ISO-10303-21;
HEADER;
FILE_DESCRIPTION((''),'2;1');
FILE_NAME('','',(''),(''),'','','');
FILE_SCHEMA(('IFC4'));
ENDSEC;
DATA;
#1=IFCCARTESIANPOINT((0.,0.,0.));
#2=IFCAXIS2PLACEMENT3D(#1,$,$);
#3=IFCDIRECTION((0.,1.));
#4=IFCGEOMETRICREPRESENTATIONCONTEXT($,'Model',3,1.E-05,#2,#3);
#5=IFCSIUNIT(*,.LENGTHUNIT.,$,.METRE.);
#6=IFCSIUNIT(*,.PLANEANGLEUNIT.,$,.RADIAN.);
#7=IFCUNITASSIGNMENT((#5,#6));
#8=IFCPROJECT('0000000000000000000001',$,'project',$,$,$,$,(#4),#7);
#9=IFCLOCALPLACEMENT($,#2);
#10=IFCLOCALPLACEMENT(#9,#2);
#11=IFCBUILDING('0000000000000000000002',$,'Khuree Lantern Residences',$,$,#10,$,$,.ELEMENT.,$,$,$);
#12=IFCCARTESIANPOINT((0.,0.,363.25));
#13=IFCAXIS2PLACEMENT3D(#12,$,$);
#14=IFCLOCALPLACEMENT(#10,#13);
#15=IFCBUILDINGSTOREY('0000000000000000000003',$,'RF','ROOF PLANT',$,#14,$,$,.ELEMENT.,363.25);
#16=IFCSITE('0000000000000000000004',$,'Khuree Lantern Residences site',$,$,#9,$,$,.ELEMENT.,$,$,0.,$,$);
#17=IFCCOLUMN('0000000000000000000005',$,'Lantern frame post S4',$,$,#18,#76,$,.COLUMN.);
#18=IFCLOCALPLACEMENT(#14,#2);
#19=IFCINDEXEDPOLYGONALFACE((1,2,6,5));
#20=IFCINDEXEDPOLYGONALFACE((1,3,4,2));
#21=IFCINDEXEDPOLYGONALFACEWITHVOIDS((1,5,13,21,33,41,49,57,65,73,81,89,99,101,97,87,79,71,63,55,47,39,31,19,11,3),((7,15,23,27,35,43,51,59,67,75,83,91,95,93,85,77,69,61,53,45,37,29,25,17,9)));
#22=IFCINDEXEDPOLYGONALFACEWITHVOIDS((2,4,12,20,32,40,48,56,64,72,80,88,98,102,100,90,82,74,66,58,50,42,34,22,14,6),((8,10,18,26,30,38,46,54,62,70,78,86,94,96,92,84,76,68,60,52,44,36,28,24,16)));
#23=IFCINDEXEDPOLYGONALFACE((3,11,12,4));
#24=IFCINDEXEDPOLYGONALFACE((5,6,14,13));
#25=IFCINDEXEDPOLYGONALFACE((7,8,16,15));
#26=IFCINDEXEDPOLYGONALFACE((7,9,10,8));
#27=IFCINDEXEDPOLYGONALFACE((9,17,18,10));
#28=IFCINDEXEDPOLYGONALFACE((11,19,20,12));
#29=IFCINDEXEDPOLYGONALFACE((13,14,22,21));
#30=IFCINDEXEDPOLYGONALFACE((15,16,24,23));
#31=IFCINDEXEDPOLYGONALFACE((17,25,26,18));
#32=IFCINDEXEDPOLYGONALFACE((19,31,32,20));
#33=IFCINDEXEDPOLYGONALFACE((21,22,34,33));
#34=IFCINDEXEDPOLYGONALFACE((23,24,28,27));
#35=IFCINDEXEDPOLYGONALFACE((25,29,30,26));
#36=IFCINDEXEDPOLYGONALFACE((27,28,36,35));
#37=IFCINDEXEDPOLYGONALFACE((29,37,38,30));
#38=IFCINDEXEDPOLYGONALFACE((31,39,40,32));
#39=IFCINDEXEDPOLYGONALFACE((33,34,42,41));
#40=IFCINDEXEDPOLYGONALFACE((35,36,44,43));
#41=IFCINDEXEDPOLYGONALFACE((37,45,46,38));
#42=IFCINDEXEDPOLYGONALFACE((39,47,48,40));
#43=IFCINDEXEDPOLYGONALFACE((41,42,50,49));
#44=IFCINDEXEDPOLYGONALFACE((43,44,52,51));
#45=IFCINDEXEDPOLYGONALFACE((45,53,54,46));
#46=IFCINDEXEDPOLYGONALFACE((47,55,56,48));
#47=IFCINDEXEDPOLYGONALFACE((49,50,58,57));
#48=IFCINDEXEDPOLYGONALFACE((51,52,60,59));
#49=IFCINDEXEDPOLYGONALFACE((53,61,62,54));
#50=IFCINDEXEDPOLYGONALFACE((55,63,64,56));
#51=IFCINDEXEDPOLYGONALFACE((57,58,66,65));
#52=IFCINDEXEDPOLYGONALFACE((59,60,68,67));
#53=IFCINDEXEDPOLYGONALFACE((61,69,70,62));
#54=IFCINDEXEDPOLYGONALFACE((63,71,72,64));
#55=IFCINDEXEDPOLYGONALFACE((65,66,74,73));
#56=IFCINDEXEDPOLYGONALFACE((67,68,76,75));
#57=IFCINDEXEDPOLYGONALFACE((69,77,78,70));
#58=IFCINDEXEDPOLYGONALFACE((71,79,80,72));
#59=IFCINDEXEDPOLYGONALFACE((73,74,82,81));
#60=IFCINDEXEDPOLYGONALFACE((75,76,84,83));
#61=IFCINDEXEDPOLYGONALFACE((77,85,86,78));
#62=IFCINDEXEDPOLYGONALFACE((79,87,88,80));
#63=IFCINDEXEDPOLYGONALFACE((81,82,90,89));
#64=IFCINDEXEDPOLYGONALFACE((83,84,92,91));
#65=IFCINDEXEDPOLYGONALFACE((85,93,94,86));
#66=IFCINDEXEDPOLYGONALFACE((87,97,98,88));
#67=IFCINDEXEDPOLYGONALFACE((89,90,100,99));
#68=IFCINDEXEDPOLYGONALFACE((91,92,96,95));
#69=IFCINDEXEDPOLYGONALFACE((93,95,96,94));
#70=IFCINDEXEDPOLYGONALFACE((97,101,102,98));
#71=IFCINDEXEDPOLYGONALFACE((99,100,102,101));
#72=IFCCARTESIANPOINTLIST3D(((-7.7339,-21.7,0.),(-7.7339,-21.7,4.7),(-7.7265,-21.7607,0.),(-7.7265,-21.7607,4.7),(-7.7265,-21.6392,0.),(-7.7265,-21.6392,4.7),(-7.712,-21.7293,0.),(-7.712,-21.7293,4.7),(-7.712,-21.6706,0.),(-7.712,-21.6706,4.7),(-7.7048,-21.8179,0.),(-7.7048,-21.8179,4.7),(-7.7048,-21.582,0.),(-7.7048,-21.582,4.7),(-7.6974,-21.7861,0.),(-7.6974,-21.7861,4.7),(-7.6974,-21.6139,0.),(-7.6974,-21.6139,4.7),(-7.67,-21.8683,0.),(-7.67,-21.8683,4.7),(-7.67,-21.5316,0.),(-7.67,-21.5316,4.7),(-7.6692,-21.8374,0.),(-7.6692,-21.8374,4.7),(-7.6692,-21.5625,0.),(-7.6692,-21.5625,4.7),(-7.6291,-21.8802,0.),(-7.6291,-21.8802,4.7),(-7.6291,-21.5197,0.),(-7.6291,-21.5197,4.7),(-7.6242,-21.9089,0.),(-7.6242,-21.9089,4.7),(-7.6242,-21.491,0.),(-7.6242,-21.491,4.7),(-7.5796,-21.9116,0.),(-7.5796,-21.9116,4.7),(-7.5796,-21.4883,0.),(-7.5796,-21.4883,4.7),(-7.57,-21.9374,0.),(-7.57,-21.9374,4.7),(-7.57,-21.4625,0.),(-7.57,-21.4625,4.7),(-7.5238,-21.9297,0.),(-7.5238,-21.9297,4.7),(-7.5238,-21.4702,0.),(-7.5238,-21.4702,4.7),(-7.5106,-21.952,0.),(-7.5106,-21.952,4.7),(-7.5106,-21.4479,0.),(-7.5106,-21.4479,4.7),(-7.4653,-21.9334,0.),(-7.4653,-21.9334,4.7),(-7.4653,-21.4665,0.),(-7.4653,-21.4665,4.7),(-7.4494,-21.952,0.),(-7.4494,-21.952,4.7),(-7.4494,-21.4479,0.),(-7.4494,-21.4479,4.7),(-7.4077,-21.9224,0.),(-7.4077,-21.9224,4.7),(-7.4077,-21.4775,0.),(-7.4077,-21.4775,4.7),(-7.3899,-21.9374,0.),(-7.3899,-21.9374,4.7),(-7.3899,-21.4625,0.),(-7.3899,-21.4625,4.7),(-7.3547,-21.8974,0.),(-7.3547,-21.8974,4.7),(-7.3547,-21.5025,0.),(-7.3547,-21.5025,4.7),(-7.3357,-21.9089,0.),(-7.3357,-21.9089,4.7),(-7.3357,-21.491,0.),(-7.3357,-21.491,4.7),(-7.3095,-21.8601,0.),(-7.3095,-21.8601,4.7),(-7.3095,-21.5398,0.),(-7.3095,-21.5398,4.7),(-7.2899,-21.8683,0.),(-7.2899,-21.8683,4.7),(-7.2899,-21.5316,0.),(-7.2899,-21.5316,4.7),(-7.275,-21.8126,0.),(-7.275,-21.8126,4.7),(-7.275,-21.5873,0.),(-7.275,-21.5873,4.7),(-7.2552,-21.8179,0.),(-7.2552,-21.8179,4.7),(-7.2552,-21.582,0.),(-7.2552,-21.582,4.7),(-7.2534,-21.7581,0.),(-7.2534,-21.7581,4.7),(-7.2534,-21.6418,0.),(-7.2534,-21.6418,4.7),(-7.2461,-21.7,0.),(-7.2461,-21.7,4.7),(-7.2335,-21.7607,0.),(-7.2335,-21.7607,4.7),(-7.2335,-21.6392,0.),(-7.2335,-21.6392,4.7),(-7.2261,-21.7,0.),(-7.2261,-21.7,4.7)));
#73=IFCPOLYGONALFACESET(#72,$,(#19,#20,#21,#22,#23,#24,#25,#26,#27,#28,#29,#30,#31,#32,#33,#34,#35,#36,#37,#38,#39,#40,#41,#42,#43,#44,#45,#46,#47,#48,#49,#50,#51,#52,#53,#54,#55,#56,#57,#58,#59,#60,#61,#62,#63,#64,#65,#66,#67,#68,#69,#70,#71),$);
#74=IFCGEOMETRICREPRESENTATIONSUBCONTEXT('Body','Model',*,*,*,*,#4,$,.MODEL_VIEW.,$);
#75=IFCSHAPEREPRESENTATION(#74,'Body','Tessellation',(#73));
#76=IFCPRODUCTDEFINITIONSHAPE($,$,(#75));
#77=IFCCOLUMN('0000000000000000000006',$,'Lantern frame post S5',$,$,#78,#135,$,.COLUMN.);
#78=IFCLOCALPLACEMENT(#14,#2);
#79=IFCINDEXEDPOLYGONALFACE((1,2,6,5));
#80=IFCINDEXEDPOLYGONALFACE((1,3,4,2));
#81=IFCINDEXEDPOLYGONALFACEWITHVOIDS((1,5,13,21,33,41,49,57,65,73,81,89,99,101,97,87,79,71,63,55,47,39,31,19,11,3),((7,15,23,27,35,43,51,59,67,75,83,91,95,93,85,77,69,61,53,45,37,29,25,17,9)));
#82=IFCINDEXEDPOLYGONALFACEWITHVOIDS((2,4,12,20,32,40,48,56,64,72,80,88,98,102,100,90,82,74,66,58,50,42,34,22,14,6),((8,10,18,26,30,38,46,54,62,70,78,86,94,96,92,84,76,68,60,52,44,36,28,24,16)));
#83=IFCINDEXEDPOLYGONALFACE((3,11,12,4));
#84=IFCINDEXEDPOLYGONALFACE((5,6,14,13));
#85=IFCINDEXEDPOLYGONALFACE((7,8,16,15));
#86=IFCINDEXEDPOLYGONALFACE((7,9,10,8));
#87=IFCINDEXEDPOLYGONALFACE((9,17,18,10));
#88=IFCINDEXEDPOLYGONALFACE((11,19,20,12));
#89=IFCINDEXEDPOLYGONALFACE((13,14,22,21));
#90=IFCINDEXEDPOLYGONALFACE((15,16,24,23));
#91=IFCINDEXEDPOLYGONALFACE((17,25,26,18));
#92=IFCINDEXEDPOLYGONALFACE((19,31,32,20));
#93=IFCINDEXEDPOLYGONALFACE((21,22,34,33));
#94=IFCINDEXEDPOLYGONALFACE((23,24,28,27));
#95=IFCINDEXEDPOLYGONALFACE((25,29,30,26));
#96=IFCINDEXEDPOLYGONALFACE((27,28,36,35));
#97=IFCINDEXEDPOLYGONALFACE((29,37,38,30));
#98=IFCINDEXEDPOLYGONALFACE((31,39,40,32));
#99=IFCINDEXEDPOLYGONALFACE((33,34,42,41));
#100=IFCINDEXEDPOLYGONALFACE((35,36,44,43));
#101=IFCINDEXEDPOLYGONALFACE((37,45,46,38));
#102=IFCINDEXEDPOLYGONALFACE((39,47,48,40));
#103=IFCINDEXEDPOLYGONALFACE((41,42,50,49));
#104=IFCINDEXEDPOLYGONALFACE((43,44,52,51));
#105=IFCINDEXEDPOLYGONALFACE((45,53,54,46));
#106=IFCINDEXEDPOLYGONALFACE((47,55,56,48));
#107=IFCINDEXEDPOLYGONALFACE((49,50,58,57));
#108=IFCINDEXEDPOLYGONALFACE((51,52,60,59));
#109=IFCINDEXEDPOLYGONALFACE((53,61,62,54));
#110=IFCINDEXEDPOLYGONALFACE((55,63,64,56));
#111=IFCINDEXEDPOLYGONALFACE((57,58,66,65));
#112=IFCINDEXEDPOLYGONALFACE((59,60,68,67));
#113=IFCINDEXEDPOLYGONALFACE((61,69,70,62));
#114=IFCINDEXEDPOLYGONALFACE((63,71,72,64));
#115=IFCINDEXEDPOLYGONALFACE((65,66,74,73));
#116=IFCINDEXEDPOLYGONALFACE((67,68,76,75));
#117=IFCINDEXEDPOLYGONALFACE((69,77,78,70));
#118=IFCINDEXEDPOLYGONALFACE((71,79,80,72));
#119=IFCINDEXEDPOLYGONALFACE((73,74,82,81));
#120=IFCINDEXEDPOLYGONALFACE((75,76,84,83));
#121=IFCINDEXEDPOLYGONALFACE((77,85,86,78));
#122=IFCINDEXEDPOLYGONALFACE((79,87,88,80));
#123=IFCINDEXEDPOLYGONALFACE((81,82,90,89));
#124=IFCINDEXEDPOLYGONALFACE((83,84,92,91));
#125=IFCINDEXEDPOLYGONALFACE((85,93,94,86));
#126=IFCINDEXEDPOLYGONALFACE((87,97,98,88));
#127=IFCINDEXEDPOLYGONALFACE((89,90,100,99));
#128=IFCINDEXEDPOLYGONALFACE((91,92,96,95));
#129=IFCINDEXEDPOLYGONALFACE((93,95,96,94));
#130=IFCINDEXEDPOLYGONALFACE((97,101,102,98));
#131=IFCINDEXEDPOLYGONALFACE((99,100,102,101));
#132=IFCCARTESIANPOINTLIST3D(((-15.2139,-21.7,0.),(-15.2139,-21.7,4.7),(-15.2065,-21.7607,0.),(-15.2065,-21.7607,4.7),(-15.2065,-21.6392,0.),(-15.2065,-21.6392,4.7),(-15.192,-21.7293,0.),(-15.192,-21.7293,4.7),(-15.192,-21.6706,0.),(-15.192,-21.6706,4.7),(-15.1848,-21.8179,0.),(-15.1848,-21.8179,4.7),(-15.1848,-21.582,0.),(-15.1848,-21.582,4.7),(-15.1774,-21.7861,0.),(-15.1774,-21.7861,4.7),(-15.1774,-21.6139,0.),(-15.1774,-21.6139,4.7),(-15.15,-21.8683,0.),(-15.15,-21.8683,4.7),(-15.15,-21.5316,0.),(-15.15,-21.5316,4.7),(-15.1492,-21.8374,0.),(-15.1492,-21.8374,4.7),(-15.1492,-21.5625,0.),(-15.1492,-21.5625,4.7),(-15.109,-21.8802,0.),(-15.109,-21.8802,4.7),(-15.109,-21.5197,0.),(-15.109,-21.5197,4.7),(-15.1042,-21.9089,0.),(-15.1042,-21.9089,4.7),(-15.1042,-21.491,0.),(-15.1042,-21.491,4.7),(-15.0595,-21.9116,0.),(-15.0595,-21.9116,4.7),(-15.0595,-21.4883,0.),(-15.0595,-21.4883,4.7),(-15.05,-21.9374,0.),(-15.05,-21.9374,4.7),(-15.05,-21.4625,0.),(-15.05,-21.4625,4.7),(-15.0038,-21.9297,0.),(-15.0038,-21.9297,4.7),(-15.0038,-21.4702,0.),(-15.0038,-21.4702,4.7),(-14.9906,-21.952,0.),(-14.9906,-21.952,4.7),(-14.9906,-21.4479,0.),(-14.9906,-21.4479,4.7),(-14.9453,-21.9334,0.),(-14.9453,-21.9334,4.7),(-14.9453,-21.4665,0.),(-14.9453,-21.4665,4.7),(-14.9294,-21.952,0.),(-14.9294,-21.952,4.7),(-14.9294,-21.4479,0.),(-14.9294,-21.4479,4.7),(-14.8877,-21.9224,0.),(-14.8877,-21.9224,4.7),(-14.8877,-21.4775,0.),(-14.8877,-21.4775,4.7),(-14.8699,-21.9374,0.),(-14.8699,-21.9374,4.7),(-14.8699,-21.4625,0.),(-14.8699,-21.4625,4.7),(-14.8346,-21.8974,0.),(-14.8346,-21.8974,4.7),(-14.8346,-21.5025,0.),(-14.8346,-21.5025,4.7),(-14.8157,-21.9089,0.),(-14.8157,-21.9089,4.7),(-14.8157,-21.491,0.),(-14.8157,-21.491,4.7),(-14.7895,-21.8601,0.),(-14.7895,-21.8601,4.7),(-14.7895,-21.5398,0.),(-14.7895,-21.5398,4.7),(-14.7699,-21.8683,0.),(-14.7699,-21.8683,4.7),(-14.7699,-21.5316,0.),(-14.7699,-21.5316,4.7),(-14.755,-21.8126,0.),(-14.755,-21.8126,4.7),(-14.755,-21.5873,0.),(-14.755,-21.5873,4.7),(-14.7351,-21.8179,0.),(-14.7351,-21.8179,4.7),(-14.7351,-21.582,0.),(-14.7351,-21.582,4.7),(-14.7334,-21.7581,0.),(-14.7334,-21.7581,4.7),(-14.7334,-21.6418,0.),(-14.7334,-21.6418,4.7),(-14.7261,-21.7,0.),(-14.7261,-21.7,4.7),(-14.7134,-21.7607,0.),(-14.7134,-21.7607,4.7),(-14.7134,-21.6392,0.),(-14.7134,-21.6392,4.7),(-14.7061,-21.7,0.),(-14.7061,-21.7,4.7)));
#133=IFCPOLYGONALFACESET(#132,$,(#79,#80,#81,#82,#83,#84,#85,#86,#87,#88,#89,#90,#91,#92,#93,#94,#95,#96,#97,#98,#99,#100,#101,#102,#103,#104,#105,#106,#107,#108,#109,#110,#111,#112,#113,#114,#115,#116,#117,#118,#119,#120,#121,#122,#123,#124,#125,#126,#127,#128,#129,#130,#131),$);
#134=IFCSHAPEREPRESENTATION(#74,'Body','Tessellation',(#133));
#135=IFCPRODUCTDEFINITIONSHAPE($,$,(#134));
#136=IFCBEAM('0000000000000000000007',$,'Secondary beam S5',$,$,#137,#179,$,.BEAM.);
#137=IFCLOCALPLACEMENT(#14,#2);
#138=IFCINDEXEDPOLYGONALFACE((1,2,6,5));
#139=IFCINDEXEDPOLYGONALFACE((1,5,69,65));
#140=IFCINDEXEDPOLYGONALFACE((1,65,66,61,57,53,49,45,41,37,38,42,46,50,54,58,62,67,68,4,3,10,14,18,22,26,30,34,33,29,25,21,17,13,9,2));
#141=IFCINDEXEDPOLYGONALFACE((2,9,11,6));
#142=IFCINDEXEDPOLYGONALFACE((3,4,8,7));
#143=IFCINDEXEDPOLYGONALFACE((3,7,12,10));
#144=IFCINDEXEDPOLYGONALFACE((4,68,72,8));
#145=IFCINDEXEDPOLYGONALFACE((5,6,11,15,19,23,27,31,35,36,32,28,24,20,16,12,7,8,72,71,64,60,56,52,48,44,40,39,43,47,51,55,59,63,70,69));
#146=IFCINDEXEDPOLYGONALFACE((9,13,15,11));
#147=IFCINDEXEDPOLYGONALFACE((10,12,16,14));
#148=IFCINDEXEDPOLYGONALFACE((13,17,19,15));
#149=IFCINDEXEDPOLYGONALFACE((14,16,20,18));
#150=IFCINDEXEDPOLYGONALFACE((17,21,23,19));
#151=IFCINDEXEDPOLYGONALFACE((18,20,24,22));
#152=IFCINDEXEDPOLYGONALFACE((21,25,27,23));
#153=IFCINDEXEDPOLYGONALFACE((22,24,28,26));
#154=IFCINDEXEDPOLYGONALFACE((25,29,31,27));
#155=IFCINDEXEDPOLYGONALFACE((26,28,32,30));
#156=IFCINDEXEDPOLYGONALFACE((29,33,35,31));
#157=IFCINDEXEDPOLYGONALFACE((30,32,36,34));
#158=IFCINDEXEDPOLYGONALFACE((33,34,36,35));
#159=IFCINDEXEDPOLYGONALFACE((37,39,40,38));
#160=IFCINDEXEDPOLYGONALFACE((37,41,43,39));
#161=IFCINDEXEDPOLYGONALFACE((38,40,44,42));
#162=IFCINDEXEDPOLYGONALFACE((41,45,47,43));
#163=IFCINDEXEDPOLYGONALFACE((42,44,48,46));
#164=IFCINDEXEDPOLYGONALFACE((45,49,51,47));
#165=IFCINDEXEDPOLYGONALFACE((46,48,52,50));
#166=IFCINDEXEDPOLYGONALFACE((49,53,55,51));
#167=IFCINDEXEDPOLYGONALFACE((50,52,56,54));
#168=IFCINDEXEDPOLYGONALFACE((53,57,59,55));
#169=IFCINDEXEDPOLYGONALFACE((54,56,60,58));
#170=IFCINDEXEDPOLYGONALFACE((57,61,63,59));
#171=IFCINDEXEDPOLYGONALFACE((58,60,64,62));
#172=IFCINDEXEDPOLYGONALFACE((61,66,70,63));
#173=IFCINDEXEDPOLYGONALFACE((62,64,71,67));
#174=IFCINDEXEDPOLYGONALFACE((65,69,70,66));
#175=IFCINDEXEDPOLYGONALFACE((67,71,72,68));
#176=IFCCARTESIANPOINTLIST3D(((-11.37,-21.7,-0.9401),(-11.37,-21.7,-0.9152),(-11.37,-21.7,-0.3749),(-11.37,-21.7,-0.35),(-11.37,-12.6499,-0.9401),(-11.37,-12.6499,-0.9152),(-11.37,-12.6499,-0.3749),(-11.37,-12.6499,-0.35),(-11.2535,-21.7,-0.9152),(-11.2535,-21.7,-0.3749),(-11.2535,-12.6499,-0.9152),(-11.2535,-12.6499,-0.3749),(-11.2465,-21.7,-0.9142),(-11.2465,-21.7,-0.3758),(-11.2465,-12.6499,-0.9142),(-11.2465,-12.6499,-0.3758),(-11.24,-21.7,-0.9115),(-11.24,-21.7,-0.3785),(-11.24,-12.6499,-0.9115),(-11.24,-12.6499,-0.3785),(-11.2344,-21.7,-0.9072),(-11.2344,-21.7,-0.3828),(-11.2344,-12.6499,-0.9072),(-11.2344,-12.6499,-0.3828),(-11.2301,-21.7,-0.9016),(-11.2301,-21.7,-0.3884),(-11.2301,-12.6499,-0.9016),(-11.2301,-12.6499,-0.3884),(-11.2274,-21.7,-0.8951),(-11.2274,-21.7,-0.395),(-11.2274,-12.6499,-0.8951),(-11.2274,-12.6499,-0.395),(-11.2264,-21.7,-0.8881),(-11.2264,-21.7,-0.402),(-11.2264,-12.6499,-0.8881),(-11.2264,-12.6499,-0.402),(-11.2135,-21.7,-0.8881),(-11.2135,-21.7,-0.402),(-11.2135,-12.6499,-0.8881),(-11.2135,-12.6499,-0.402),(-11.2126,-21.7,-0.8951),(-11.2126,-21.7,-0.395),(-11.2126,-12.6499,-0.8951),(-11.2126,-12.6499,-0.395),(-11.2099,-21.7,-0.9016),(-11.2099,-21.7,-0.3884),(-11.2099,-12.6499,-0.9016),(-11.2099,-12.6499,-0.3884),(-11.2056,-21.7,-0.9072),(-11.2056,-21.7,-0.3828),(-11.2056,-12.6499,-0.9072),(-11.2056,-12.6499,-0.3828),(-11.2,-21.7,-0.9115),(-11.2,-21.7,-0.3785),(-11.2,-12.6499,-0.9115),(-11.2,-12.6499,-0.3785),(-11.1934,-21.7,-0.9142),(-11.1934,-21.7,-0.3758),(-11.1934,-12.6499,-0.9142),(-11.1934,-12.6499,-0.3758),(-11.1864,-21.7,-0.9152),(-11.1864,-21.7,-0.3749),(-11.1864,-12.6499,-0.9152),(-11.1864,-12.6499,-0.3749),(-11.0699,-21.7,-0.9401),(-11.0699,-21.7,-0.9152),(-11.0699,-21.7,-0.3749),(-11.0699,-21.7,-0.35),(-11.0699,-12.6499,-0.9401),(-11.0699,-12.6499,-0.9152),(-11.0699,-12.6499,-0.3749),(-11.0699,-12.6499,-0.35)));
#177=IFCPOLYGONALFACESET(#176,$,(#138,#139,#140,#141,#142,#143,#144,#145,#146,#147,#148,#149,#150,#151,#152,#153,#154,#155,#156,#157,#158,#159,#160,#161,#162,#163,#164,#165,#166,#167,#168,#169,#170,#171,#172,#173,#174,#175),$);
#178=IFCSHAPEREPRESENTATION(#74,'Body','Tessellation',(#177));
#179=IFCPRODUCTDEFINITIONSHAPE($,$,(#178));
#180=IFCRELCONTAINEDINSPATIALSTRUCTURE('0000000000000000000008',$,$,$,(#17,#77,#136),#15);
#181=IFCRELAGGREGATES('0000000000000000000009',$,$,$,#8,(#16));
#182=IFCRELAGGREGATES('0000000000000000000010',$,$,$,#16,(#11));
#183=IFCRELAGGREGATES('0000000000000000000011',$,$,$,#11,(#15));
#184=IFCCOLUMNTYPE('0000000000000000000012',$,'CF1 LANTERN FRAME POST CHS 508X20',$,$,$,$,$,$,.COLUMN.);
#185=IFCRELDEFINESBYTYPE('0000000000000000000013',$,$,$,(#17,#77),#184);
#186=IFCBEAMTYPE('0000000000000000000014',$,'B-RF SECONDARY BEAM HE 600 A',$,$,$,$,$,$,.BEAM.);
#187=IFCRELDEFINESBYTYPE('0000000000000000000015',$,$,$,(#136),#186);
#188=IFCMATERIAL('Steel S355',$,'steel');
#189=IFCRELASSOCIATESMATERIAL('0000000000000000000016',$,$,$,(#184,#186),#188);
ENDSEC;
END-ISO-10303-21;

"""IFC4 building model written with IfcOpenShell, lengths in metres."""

from ifc_helpers import new_model, si_unit, direction, frame, origin, origin_2d, place, context, subcontext, project, spatial, hollow_circle, i_section, extrude, material, material_profile, profile_set, type_object, element, save


model = new_model("IFC4")

# Units and contexts
model_context = context("Model", 3, precision=1e-05, world=origin(), true_north=direction((0.0, 1.0)))
body_context = subcontext(model_context, "Body", "Model", "MODEL_VIEW")
ifc_project = project(units=[si_unit("LENGTHUNIT", "METRE"), si_unit("PLANEANGLEUNIT", "RADIAN")], contexts=[model_context])

# Site, building, storey
site_placement = place(None, origin())
site = spatial("IfcSite", under=ifc_project, at=site_placement, Name="Khuree Lantern Residences site", CompositionType="ELEMENT", RefElevation=0.0)
building_placement = place(site_placement, origin())
building = spatial("IfcBuilding", under=site, at=building_placement, Name="Khuree Lantern Residences", CompositionType="ELEMENT")
storey_placement = place(building_placement, frame((0.0, 0.0, 363.25)))
storey = spatial("IfcBuildingStorey", under=building, at=storey_placement, Name="RF", Description="ROOF PLANT", CompositionType="ELEMENT", Elevation=363.25)

# Columns
ifc_material_1 = material(Name="Steel S355", Category="steel")
ifc_material_profile_1 = material_profile(ifc_material_1, hollow_circle(Radius=0.2539, WallThickness=0.02, at=origin_2d()), Name="CHS 508X20")
ifc_profile_set_1 = profile_set([ifc_material_profile_1], Name="Steel S355")
column_type = type_object("IfcColumnType", Name="CF1 LANTERN FRAME POST CHS 508X20", PredefinedType="COLUMN", material=ifc_profile_set_1)
for number, where, z_axis, x_axis, name in (
    (1, (-7.48, -21.7, 0.0), (0.0, 0.0, 1.0), (1.0, 0.0, 0.0), "Lantern frame post S4"),
    (2, (-14.96, -21.7, 0.0), (0.0, 0.0, 1.0), (1.0, 0.0, 0.0), "Lantern frame post S5"),
):
    element("IfcColumn", number, at=place(storey_placement, frame(where, z_axis=z_axis, x_axis=x_axis)), inside=storey, type_object=column_type, Name=name, PredefinedType="COLUMN", context=body_context, shape_type="SweptSolid", body=[
        extrude(hollow_circle(Radius=0.2539, WallThickness=0.02, at=origin_2d()), origin(), (0.0, 0.0, 1.0), 4.7),
    ])

# Beam
ifc_material_profile_2 = material_profile(ifc_material_1, i_section(OverallWidth=0.3, OverallDepth=0.5901, WebThickness=0.0129, FlangeThickness=0.0249, FilletRadius=0.0271, at=origin_2d()), Name="HE 600 A")
ifc_profile_set_2 = profile_set([ifc_material_profile_2], Name="Steel S355")
beam_type_1 = type_object("IfcBeamType", Name="B-RF SECONDARY BEAM HE 600 A", PredefinedType="BEAM", material=ifc_profile_set_2)
beam_1_placement = place(storey_placement, frame((-11.22, -21.7, -0.645), z_axis=(0.0, 1.0, 0.0), x_axis=(-1.0, 0.0, 0.0)))
element("IfcBeam", 3, at=beam_1_placement, inside=storey, type_object=beam_type_1, Name="Secondary beam S5", PredefinedType="BEAM", context=body_context, shape_type="SweptSolid", body=[
    extrude(i_section(OverallWidth=0.3, OverallDepth=0.5901, WebThickness=0.0129, FlangeThickness=0.0249, FilletRadius=0.0271, at=origin_2d()), origin(), (0.0, 0.0, 1.0), 9.05),
])

save(model, "model.ifc")
